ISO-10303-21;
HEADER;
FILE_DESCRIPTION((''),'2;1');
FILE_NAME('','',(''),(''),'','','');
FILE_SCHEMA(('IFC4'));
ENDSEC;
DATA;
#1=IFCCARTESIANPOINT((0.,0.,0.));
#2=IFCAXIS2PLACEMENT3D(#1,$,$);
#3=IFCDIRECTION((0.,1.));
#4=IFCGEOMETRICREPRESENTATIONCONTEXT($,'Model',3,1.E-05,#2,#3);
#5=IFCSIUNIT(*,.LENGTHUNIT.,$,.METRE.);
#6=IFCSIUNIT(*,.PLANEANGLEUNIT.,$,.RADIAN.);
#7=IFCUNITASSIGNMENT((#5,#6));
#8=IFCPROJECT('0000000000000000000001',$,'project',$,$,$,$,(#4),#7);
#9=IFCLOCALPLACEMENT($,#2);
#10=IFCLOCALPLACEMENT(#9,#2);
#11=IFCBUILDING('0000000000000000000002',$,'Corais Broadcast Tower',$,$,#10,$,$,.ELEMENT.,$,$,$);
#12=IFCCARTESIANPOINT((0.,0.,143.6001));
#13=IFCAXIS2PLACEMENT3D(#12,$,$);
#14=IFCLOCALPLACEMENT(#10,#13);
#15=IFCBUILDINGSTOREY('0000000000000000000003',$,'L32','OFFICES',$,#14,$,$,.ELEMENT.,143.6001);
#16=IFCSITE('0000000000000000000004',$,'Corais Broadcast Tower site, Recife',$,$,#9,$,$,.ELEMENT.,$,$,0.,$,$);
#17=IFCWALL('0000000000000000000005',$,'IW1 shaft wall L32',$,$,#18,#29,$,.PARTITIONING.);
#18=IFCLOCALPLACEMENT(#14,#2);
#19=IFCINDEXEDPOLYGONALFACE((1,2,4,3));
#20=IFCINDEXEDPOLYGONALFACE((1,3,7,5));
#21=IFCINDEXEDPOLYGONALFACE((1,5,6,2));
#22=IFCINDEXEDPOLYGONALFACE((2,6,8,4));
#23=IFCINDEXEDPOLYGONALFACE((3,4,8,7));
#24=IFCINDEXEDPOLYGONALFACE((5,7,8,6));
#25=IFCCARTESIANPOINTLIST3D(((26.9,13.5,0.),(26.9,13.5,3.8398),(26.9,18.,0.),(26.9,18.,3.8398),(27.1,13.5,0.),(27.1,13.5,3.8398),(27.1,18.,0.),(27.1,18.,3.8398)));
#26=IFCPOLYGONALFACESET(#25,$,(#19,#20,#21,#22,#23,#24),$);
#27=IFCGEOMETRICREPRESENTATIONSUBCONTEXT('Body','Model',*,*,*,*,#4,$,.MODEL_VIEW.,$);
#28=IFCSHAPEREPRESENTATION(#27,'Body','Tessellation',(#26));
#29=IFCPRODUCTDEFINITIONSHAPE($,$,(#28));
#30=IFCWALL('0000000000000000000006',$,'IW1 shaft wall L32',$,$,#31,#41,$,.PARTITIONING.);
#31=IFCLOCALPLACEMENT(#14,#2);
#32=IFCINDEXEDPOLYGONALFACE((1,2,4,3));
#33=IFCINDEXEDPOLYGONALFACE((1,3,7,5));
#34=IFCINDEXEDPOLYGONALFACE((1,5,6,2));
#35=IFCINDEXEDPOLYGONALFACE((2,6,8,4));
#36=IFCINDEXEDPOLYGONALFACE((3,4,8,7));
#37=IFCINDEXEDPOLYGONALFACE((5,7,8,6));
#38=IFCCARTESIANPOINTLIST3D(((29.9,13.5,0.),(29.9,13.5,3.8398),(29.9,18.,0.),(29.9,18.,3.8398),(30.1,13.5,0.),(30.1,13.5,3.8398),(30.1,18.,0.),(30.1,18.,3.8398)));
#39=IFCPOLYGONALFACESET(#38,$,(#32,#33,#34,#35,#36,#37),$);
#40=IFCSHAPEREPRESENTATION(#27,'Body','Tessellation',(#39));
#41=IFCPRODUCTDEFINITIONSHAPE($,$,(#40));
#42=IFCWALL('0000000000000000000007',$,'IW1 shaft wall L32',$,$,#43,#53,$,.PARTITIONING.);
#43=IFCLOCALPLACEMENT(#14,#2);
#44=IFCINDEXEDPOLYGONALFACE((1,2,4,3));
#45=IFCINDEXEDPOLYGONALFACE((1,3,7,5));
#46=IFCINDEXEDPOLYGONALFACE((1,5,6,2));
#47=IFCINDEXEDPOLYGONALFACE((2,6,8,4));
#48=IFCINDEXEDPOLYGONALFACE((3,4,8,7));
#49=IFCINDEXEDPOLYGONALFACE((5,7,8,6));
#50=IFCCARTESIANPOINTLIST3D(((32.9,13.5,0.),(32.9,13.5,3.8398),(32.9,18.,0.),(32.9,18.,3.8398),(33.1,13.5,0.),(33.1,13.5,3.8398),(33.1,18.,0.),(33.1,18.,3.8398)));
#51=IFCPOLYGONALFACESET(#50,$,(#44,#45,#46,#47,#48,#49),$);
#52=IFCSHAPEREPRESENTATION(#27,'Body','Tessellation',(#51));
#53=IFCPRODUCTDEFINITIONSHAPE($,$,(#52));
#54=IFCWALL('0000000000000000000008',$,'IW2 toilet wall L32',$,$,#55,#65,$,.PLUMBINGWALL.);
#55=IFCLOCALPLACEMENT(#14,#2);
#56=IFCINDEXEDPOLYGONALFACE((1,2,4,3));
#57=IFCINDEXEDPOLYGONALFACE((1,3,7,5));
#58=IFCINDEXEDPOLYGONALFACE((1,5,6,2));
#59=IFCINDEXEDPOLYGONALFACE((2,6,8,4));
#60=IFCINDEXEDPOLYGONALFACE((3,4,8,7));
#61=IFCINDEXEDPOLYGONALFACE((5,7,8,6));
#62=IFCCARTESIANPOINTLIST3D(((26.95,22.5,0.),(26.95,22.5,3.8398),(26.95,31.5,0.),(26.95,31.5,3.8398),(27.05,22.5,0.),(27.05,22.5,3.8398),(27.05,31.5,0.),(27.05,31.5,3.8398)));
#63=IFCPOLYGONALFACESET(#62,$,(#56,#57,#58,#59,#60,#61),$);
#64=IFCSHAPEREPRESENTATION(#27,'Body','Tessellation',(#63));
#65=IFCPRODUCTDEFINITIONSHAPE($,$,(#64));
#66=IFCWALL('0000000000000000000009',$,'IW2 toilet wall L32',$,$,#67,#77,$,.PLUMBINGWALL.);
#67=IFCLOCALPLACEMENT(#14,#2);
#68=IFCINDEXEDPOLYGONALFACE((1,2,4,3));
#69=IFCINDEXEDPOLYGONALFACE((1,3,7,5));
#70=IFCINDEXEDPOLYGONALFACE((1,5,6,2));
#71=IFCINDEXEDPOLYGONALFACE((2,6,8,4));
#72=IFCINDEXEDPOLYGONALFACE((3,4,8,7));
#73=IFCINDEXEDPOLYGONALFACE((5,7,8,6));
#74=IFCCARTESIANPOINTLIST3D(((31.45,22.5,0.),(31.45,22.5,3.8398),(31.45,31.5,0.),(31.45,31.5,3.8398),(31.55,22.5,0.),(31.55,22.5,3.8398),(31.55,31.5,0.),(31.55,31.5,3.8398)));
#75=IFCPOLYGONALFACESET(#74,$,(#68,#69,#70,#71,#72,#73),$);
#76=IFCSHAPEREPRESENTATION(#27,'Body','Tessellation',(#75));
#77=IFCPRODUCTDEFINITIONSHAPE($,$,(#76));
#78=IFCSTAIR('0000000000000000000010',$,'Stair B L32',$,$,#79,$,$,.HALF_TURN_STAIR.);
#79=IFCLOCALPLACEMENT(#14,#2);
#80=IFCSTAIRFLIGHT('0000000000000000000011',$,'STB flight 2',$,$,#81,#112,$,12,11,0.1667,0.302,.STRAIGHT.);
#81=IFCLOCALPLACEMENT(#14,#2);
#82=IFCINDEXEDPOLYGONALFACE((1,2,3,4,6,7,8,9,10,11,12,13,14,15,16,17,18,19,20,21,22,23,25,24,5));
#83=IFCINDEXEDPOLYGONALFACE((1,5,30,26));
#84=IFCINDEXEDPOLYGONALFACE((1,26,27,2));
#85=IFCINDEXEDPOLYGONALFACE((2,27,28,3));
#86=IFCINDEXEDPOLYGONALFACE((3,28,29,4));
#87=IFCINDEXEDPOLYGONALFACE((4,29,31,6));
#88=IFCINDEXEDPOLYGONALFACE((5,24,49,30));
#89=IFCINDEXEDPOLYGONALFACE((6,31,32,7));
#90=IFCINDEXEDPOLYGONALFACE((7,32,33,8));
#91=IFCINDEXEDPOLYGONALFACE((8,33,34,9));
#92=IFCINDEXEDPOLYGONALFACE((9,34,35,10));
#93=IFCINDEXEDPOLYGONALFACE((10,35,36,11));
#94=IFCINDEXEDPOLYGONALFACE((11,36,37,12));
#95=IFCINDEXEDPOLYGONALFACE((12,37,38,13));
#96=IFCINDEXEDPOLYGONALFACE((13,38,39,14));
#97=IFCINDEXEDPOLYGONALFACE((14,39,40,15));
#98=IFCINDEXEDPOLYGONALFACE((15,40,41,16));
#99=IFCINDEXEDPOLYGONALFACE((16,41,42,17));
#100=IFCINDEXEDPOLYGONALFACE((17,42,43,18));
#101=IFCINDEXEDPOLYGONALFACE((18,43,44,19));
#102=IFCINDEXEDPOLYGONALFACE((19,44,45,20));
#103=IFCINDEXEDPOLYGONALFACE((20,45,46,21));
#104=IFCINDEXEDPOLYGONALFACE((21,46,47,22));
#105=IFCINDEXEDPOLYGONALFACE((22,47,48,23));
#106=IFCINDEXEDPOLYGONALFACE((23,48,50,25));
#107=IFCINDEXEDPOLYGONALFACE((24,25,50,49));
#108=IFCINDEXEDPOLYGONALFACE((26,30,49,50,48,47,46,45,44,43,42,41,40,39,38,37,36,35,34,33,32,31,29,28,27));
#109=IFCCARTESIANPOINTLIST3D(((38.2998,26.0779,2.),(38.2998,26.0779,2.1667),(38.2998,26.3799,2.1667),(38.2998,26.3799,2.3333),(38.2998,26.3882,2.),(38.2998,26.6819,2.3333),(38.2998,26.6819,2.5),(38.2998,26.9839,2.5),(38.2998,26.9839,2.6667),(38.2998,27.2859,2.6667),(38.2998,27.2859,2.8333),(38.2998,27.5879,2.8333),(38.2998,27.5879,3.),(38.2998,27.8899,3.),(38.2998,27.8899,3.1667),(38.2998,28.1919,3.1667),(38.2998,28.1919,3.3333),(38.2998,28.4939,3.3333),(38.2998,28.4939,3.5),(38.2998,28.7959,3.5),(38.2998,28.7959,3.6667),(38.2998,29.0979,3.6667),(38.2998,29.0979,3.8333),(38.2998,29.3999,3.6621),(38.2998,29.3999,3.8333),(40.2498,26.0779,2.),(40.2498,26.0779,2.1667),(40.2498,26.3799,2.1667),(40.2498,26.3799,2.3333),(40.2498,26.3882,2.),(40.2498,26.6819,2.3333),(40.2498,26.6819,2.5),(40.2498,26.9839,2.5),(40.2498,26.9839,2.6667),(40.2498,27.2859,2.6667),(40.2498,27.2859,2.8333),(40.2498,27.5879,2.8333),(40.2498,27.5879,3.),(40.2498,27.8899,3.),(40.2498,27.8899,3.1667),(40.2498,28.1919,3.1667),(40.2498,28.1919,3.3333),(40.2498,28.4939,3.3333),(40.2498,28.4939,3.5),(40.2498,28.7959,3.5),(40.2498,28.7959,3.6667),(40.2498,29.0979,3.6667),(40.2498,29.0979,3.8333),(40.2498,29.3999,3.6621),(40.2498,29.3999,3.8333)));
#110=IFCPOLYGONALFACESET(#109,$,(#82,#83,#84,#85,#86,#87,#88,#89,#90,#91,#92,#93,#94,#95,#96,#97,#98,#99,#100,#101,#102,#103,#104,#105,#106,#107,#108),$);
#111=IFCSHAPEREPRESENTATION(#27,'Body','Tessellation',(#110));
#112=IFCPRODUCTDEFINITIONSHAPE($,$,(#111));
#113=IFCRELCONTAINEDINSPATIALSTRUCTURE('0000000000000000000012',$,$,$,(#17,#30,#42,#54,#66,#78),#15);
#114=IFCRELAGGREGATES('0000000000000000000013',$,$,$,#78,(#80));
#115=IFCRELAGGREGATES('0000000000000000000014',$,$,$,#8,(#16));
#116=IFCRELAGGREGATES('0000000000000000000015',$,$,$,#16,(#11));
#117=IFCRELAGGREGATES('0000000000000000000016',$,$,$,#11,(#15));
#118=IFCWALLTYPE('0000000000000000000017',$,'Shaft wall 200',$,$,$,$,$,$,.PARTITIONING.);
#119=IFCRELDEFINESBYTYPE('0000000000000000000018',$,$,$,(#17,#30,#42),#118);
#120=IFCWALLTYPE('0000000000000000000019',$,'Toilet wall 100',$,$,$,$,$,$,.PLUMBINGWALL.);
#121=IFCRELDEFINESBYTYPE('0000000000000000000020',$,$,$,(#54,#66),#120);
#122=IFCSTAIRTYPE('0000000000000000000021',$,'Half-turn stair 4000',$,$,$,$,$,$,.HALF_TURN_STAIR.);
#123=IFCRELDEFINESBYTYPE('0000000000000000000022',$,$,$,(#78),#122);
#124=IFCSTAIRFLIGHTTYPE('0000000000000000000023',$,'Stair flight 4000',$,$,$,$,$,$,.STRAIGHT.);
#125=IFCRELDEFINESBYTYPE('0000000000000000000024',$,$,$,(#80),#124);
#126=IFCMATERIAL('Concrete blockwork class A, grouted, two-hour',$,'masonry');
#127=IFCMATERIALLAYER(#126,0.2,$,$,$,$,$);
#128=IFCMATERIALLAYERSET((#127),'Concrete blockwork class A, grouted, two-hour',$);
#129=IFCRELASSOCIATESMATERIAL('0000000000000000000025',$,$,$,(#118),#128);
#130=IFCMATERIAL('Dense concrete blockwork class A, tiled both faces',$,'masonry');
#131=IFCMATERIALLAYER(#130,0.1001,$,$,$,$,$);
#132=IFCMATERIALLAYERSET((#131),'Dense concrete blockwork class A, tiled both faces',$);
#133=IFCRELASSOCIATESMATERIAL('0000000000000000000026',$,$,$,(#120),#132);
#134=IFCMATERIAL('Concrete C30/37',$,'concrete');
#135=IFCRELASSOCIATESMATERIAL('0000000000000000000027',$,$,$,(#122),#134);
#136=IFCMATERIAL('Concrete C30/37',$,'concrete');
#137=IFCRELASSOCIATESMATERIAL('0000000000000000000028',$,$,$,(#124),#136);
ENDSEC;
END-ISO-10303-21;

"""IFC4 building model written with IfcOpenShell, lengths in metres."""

from ifc_helpers import new_model, si_unit, direction, frame, frame_2d, origin, place, context, subcontext, project, spatial, polyline, rectangle, outline, extrude, material, layer, layer_set, type_object, element, aggregate, save


model = new_model("IFC4")

# Units and contexts
model_context = context("Model", 3, precision=1e-05, world=origin(), true_north=direction((0.0, 1.0)))
body_context = subcontext(model_context, "Body", "Model", "MODEL_VIEW")
ifc_project = project(units=[si_unit("LENGTHUNIT", "METRE"), si_unit("PLANEANGLEUNIT", "RADIAN")], contexts=[model_context])

# Site, building, storey
site_placement = place(None, origin())
site = spatial("IfcSite", under=ifc_project, at=site_placement, Name="Corais Broadcast Tower site, Recife", CompositionType="ELEMENT", RefElevation=0.0)
building_placement = place(site_placement, origin())
building = spatial("IfcBuilding", under=site, at=building_placement, Name="Corais Broadcast Tower", CompositionType="ELEMENT")
storey_placement = place(building_placement, frame((0.0, 0.0, 143.6001)))
storey = spatial("IfcBuildingStorey", under=building, at=storey_placement, Name="L32", Description="OFFICES", CompositionType="ELEMENT", Elevation=143.6001)

# Walls
ifc_material_1 = material(Name="Concrete blockwork class A, grouted, two-hour", Category="masonry")
ifc_layer_1 = layer(ifc_material_1, 0.2)
ifc_layer_set_1 = layer_set([ifc_layer_1], Name="Concrete blockwork class A, grouted, two-hour")
wall_type_1 = type_object("IfcWallType", Name="Shaft wall 200", PredefinedType="PARTITIONING", material=ifc_layer_set_1)
for number, where, z_axis, x_axis, name in (
    (1, (27.0, 13.5, 0.0), (0.0, 0.0, 1.0), (0.0, 1.0, 0.0), "IW1 shaft wall L32"),
    (2, (30.0, 13.5, 0.0), (0.0, 0.0, 1.0), (0.0, 1.0, 0.0), "IW1 shaft wall L32"),
    (3, (33.0, 13.5, 0.0), (0.0, 0.0, 1.0), (0.0, 1.0, 0.0), "IW1 shaft wall L32"),
):
    element("IfcWall", number, at=place(storey_placement, frame(where, z_axis=z_axis, x_axis=x_axis)), inside=storey, type_object=wall_type_1, Name=name, PredefinedType="PARTITIONING", context=body_context, shape_type="SweptSolid", body=[
        extrude(rectangle(XDim=4.5, YDim=0.2, at=frame_2d((2.25, 0.0))), origin(), (0.0, 0.0, 1.0), 3.8398),
    ])
ifc_material_2 = material(Name="Dense concrete blockwork class A, tiled both faces", Category="masonry")
ifc_layer_2 = layer(ifc_material_2, 0.1001)
ifc_layer_set_2 = layer_set([ifc_layer_2], Name="Dense concrete blockwork class A, tiled both faces")
wall_type_2 = type_object("IfcWallType", Name="Toilet wall 100", PredefinedType="PLUMBINGWALL", material=ifc_layer_set_2)
for number, where, z_axis, x_axis, name in (
    (4, (27.0, 22.5, 0.0), (0.0, 0.0, 1.0), (0.0, 1.0, 0.0), "IW2 toilet wall L32"),
    (5, (31.5, 22.5, 0.0), (0.0, 0.0, 1.0), (0.0, 1.0, 0.0), "IW2 toilet wall L32"),
):
    element("IfcWall", number, at=place(storey_placement, frame(where, z_axis=z_axis, x_axis=x_axis)), inside=storey, type_object=wall_type_2, Name=name, PredefinedType="PLUMBINGWALL", context=body_context, shape_type="SweptSolid", body=[
        extrude(rectangle(XDim=9.0, YDim=0.1001, at=frame_2d((4.5, 0.0))), origin(), (0.0, 0.0, 1.0), 3.8398),
    ])

# Stair, stair flight
ifc_material_3 = material(Name="Concrete C30/37", Category="concrete")
stair_type = type_object("IfcStairType", Name="Half-turn stair 4000", PredefinedType="HALF_TURN_STAIR", material=ifc_material_3)
stair_placement = place(storey_placement, origin())
stair = element("IfcStair", 6, at=stair_placement, inside=storey, type_object=stair_type, Name="Stair B L32", PredefinedType="HALF_TURN_STAIR")
ifc_material_4 = material(Name="Concrete C30/37", Category="concrete")
stair_flight_type = type_object("IfcStairFlightType", Name="Stair flight 4000", PredefinedType="STRAIGHT", material=ifc_material_4)
stair_flight_placement = place(storey_placement, frame((39.2749, 26.0779, 2.0), z_axis=(0.0, 0.0, 1.0), x_axis=(0.0, 1.0, 0.0)))
stair_flight = element("IfcStairFlight", 7, at=stair_flight_placement, type_object=stair_flight_type, Name="STB flight 2", NumberOfRisers=12, NumberOfTreads=11, PredefinedType="STRAIGHT", RiserHeight=0.1667, TreadLength=0.302, context=body_context, shape_type="SweptSolid", body=[
    extrude(outline(polyline([(0.0, 0.0), (0.0, 0.1667), (0.302, 0.1667), (0.302, 0.3333), (0.604, 0.3333), (0.604, 0.5), (0.906, 0.5), (0.906, 0.6667), (1.208, 0.6667), (1.208, 0.8333), (1.51, 0.8333), (1.51, 1.0), (1.812, 1.0), (1.812, 1.1667), (2.114, 1.1667), (2.114, 1.3333), (2.416, 1.3333), (2.416, 1.5), (2.718, 1.5), (2.718, 1.6667), (3.02, 1.6667), (3.02, 1.8333), (3.322, 1.8333), (3.322, 2.0), (3.322, 1.6621), (0.3103, 0.0), (0.0, 0.0)])), frame((0.0, 0.9751, 0.0), z_axis=(0.0, -1.0, 0.0), x_axis=(1.0, 0.0, 0.0)), (0.0, 0.0, 1.0), 1.95),
])
aggregate(stair, [stair_flight])

save(model, "model.ifc")
